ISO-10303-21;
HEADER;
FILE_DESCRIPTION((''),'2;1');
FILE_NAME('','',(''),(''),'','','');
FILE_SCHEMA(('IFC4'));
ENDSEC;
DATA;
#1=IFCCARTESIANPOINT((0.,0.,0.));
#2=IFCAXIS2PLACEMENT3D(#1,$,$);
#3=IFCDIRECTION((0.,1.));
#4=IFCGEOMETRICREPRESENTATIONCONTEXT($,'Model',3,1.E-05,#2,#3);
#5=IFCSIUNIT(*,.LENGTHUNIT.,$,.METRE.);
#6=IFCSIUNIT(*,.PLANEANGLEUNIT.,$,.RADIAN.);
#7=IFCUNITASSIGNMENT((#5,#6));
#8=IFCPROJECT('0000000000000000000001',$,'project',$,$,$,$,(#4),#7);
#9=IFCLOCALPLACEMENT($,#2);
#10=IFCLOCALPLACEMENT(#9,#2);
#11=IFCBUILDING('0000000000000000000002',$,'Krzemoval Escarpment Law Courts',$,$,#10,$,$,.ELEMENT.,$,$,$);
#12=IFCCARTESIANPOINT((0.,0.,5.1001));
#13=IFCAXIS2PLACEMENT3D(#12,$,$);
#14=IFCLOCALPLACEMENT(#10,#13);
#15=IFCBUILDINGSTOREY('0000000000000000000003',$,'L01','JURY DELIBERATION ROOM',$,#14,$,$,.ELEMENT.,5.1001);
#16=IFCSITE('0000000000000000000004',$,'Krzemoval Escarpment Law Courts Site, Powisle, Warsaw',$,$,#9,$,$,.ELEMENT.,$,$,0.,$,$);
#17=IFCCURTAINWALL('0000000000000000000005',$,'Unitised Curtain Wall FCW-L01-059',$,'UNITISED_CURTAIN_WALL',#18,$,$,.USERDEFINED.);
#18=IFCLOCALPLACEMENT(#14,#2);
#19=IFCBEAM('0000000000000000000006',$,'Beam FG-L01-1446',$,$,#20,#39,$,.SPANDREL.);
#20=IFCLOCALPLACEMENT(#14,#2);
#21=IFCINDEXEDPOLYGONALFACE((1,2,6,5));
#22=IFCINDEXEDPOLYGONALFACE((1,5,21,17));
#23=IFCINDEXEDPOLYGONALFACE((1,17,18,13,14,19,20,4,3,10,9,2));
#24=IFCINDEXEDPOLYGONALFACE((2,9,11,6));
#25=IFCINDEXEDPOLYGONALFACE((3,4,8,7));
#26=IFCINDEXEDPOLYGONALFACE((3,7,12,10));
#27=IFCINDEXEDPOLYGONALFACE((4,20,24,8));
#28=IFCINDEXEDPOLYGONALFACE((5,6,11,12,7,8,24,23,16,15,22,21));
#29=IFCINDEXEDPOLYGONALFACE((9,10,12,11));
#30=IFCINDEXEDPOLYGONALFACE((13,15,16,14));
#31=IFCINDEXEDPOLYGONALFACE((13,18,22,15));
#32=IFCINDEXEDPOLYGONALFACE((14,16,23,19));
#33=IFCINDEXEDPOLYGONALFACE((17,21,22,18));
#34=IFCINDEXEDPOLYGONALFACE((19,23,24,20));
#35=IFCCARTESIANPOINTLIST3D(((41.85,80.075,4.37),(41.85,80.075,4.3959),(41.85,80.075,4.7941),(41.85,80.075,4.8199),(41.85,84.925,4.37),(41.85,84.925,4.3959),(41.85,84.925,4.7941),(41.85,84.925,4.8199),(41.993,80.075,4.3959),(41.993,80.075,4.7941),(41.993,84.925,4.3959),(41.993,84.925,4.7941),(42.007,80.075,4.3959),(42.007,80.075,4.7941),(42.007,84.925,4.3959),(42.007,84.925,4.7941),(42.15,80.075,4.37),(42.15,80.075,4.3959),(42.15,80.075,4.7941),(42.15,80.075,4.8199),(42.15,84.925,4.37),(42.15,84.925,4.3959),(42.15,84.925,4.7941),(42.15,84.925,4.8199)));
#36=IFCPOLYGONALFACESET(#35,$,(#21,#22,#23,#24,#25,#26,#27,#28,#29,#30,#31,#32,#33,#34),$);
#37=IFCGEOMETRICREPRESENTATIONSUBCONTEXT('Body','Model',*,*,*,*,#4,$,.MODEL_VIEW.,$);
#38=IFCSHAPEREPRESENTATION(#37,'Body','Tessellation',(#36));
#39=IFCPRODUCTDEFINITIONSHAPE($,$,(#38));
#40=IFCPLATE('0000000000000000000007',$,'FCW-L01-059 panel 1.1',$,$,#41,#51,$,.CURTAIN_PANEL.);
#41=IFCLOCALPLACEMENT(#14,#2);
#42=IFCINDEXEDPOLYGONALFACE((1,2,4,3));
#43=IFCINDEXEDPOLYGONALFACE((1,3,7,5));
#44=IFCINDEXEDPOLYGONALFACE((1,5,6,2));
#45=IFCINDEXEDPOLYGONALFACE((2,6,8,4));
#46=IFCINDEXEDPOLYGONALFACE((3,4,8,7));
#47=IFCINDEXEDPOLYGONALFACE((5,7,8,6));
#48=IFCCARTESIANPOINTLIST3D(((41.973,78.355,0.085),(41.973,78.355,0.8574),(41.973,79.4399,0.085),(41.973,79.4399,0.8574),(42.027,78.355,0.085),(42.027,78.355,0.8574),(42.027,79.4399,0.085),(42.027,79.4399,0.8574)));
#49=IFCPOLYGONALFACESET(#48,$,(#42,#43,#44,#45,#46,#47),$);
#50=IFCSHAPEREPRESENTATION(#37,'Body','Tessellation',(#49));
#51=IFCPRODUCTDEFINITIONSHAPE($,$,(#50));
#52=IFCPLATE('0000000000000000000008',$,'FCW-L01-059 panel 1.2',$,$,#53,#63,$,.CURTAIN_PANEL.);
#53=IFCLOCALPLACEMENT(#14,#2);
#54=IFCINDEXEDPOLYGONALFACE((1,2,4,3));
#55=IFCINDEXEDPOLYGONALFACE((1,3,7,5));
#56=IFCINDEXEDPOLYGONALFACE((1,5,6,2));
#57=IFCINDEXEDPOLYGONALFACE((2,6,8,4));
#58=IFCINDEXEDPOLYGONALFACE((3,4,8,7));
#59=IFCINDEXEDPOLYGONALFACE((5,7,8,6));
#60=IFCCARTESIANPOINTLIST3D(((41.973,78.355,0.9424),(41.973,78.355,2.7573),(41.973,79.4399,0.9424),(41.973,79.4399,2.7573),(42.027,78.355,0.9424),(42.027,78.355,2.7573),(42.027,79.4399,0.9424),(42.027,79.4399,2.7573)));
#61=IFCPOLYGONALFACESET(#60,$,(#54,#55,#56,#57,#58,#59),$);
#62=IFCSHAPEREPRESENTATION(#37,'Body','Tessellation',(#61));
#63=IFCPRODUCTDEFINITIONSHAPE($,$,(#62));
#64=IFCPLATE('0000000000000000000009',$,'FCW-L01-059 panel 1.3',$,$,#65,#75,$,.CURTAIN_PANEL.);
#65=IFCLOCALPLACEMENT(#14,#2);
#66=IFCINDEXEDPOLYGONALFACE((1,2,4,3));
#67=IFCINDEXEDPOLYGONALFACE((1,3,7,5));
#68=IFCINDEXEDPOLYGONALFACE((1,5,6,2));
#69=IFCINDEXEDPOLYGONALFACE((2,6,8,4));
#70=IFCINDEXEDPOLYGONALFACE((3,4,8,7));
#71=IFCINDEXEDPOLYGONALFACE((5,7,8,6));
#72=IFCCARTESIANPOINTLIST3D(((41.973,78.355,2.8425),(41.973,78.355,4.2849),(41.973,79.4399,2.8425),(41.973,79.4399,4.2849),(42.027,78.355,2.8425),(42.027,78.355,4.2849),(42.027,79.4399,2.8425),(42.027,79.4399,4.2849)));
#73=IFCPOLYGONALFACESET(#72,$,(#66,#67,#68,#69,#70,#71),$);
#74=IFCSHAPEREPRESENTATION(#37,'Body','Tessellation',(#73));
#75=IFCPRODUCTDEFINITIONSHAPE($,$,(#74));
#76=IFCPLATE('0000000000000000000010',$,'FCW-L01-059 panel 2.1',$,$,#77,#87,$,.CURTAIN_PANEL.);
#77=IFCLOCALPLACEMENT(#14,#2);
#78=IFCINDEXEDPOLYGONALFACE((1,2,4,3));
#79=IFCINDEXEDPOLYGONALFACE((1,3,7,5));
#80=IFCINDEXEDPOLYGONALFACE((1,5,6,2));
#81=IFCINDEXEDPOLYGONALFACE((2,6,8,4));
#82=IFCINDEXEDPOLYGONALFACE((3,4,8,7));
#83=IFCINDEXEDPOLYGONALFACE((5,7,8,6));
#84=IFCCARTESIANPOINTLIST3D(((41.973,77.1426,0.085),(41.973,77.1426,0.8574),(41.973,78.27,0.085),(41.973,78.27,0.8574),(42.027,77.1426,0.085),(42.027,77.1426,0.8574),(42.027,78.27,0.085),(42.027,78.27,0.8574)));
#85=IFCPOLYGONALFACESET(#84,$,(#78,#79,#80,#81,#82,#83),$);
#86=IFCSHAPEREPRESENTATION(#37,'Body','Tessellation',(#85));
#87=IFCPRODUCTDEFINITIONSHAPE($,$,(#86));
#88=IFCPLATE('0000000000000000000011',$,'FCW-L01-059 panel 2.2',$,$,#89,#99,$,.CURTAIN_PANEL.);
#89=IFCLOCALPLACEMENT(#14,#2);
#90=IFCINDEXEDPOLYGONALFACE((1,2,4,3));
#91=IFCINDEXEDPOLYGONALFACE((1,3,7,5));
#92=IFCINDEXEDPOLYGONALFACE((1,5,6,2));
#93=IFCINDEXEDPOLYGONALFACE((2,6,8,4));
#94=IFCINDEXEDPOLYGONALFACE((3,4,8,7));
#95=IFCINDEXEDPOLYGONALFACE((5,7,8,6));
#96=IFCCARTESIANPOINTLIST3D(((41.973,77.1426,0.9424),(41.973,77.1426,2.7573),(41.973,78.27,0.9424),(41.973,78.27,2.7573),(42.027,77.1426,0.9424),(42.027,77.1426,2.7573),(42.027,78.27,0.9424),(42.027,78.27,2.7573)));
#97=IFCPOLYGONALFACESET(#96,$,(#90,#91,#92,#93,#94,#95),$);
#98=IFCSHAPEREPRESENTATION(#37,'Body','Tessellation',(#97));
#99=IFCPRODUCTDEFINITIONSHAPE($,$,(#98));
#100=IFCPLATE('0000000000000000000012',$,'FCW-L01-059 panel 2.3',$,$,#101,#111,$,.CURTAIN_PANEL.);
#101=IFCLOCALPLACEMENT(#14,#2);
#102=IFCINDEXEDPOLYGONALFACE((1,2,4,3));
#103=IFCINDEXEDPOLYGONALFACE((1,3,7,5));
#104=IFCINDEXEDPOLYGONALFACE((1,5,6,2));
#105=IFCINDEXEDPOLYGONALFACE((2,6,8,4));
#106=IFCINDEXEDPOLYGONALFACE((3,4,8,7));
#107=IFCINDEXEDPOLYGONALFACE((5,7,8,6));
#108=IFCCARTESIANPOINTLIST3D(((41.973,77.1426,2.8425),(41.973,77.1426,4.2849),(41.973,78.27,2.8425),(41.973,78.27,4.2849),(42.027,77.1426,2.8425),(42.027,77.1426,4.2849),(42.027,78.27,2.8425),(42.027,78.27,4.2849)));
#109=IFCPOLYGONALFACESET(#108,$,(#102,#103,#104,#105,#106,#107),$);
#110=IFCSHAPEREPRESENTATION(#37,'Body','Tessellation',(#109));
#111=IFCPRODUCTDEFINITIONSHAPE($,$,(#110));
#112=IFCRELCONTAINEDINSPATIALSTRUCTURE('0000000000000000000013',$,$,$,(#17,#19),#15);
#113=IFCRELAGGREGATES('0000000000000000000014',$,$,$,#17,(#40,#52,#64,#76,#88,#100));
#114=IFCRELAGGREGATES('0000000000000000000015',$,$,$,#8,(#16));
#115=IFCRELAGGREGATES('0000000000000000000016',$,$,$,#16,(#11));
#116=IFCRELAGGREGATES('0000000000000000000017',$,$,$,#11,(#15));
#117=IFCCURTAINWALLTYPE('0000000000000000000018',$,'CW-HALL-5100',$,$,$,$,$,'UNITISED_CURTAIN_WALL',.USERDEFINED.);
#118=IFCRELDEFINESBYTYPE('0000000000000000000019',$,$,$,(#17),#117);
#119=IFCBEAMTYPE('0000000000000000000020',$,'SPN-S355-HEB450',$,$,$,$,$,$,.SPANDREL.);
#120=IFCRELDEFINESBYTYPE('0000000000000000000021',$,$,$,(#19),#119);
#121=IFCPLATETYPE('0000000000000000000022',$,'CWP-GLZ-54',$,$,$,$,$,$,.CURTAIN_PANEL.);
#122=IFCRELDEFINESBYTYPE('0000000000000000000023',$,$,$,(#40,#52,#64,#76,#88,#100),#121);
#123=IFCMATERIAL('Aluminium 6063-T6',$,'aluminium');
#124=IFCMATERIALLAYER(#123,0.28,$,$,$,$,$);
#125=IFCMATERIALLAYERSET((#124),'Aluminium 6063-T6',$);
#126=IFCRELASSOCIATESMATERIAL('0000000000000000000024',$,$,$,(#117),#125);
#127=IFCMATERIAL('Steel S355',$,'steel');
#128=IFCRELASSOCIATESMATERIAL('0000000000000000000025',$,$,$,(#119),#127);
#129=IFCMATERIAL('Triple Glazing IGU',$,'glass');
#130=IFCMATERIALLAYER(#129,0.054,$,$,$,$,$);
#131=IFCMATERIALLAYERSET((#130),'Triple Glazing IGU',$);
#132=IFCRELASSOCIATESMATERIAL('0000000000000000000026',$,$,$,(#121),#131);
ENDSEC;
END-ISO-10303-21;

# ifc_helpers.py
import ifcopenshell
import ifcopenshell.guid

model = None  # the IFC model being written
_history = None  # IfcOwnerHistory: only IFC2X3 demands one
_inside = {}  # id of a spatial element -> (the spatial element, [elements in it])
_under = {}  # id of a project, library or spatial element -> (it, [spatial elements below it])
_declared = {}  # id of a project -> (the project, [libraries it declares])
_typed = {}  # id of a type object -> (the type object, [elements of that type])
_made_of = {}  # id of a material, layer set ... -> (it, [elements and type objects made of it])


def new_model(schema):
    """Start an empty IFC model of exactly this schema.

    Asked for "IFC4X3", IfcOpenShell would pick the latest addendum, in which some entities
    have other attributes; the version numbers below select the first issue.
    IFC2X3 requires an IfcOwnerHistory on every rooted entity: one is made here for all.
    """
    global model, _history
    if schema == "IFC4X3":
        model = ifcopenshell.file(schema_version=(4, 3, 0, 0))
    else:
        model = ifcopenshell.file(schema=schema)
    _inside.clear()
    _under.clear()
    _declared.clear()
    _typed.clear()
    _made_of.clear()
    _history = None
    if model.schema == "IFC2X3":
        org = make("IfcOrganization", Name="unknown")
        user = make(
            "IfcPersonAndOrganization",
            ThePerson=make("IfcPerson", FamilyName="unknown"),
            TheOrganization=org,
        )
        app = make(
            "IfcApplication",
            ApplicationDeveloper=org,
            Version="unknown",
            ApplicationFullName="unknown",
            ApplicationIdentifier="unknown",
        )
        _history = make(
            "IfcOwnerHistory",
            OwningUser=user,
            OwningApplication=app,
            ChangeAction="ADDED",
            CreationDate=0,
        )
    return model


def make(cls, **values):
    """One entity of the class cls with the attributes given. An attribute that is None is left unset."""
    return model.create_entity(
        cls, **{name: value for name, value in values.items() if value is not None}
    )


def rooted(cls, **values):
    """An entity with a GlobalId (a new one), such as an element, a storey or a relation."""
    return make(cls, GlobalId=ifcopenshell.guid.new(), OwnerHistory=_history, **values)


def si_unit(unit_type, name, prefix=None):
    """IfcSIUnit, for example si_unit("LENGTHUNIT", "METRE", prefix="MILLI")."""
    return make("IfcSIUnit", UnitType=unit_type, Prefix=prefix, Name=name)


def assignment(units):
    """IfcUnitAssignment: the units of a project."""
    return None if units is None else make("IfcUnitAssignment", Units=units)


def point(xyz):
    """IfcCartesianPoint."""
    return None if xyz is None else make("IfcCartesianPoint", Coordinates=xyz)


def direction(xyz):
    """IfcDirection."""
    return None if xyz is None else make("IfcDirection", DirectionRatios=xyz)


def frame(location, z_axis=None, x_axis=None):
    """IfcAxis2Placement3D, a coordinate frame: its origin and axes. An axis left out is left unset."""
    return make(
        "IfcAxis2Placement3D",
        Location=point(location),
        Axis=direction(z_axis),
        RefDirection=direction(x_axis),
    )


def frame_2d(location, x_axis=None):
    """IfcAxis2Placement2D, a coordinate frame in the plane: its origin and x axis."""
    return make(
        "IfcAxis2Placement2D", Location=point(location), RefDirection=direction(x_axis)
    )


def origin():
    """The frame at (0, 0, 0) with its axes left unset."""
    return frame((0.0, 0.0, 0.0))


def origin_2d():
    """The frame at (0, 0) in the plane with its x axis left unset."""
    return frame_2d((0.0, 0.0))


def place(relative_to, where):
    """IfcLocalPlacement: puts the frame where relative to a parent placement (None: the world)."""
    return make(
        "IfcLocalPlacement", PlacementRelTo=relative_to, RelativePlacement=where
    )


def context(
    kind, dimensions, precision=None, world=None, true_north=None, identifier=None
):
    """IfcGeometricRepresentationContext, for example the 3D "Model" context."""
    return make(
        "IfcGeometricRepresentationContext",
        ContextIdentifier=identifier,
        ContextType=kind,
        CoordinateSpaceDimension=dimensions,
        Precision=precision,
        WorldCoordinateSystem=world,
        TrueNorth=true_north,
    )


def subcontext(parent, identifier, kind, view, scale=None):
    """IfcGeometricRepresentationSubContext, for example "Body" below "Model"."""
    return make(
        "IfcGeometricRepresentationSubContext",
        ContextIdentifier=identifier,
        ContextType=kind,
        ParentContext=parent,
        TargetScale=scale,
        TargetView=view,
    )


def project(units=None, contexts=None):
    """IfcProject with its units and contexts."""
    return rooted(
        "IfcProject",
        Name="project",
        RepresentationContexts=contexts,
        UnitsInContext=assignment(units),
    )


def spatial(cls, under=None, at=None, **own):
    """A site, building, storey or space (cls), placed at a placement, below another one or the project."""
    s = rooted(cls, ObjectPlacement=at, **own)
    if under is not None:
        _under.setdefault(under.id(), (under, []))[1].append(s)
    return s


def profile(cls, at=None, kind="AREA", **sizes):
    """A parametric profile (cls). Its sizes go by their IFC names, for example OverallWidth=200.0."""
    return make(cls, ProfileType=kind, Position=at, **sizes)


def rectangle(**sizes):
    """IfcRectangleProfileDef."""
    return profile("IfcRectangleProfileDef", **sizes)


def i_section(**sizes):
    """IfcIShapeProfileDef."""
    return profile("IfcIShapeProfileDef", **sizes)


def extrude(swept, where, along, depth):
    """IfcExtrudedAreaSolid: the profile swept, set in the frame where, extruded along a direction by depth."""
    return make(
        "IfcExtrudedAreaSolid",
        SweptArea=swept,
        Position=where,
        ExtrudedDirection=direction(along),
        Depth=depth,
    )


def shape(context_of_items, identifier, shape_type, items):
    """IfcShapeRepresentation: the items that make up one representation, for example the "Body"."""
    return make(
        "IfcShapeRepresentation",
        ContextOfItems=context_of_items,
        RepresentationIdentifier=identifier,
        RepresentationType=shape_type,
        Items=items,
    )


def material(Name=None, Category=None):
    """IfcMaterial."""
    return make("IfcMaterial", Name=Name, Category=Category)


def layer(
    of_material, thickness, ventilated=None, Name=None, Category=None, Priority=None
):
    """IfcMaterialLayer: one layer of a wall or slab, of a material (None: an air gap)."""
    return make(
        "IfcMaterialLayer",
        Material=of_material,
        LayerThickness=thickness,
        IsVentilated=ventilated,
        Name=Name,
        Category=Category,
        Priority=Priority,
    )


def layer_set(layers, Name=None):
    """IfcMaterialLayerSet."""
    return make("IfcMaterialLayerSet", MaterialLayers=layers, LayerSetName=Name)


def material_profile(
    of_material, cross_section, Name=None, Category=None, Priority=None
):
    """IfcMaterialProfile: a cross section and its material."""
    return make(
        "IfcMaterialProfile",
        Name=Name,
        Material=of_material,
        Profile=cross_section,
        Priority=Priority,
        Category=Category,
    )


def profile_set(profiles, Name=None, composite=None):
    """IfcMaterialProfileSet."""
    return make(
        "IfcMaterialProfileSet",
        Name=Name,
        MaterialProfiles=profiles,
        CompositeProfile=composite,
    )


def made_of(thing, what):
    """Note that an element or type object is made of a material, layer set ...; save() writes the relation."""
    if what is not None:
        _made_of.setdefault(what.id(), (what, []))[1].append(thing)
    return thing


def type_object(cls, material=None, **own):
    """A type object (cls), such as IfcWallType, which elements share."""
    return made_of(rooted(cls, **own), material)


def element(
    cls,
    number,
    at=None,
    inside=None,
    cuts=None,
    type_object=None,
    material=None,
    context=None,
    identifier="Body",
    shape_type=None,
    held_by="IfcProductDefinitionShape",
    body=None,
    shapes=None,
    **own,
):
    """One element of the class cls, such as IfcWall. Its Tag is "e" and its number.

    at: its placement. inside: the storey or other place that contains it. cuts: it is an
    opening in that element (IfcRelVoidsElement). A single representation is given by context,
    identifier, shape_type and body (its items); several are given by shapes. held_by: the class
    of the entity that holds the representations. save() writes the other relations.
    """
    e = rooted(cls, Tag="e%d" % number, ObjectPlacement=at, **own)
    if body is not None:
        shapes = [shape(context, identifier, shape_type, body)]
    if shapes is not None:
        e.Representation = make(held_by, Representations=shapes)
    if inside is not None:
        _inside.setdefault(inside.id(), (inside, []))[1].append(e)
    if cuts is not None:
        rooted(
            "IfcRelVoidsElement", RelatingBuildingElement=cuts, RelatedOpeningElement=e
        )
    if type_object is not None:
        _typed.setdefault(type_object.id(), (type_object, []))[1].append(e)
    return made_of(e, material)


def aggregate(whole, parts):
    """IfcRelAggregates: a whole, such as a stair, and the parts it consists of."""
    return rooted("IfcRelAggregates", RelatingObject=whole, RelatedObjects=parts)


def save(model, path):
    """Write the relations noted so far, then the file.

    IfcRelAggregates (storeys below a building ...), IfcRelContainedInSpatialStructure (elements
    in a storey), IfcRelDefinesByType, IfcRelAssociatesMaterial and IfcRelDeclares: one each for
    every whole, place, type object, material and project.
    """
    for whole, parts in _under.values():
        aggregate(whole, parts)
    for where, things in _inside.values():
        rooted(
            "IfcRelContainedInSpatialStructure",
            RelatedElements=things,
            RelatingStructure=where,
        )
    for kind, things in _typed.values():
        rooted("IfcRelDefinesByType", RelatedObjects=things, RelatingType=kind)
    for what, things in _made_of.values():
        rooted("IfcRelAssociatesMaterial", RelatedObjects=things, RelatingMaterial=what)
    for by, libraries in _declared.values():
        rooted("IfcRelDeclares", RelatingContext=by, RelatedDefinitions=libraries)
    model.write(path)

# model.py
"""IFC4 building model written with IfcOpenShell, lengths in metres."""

from ifc_helpers import new_model, si_unit, direction, frame, origin, origin_2d, place, context, subcontext, project, spatial, rectangle, i_section, extrude, material, layer, layer_set, material_profile, profile_set, type_object, element, aggregate, save


model = new_model("IFC4")

# Units and contexts
model_context = context("Model", 3, precision=1e-05, world=origin(), true_north=direction((0.0, 1.0)))
body_context = subcontext(model_context, "Body", "Model", "MODEL_VIEW")
ifc_project = project(units=[si_unit("LENGTHUNIT", "METRE"), si_unit("PLANEANGLEUNIT", "RADIAN")], contexts=[model_context])

# Site, building, storey
site_placement = place(None, origin())
site = spatial("IfcSite", under=ifc_project, at=site_placement, Name="Krzemoval Escarpment Law Courts Site, Powisle, Warsaw", CompositionType="ELEMENT", RefElevation=0.0)
building_placement = place(site_placement, origin())
building = spatial("IfcBuilding", under=site, at=building_placement, Name="Krzemoval Escarpment Law Courts", CompositionType="ELEMENT")
storey_placement = place(building_placement, frame((0.0, 0.0, 5.1001)))
storey = spatial("IfcBuildingStorey", under=building, at=storey_placement, Name="L01", Description="JURY DELIBERATION ROOM", CompositionType="ELEMENT", Elevation=5.1001)

# Curtain wall
ifc_material_1 = material(Name="Aluminium 6063-T6", Category="aluminium")
ifc_layer_1 = layer(ifc_material_1, 0.28)
ifc_layer_set_1 = layer_set([ifc_layer_1], Name="Aluminium 6063-T6")
curtain_wall_type = type_object("IfcCurtainWallType", Name="CW-HALL-5100", ElementType="UNITISED_CURTAIN_WALL", PredefinedType="USERDEFINED", material=ifc_layer_set_1)
curtain_wall_placement = place(storey_placement, origin())
curtain_wall = element("IfcCurtainWall", 1, at=curtain_wall_placement, inside=storey, type_object=curtain_wall_type, Name="Unitised Curtain Wall FCW-L01-059", ObjectType="UNITISED_CURTAIN_WALL", PredefinedType="USERDEFINED")

# Beam
ifc_material_2 = material(Name="Steel S355", Category="steel")
ifc_material_profile_1 = material_profile(ifc_material_2, i_section(OverallWidth=0.3, OverallDepth=0.45, WebThickness=0.0139, FlangeThickness=0.0259, at=origin_2d()), Name="HEB 450")
ifc_profile_set_1 = profile_set([ifc_material_profile_1], Name="Steel S355")
beam_type = type_object("IfcBeamType", Name="SPN-S355-HEB450", PredefinedType="SPANDREL", material=ifc_profile_set_1)
beam_placement = place(storey_placement, frame((42.0, 80.075, 4.595), z_axis=(0.0, 1.0, 0.0), x_axis=(-1.0, 0.0, 0.0)))
element("IfcBeam", 2, at=beam_placement, inside=storey, type_object=beam_type, Name="Beam FG-L01-1446", PredefinedType="SPANDREL", context=body_context, shape_type="SweptSolid", body=[
    extrude(i_section(OverallWidth=0.3, OverallDepth=0.45, WebThickness=0.0139, FlangeThickness=0.0259, at=origin_2d()), origin(), (0.0, 0.0, 1.0), 4.8501),
])

# Plates
ifc_material_3 = material(Name="Triple Glazing IGU", Category="glass")
ifc_layer_2 = layer(ifc_material_3, 0.054)
ifc_layer_set_2 = layer_set([ifc_layer_2], Name="Triple Glazing IGU")
plate_type = type_object("IfcPlateType", Name="CWP-GLZ-54", PredefinedType="CURTAIN_PANEL", material=ifc_layer_set_2)
plate_1_placement = place(storey_placement, frame((42.0, 78.8975, 0.085), z_axis=(0.0, 0.0, 1.0), x_axis=(0.0, -1.0, 0.0)))
plate_1 = element("IfcPlate", 3, at=plate_1_placement, type_object=plate_type, Name="FCW-L01-059 panel 1.1", PredefinedType="CURTAIN_PANEL", context=body_context, shape_type="SweptSolid", body=[
    extrude(rectangle(XDim=1.085, YDim=0.054, at=origin_2d()), origin(), (0.0, 0.0, 1.0), 0.7725),
])
plate_2_placement = place(storey_placement, frame((42.0, 78.8975, 0.9424), z_axis=(0.0, 0.0, 1.0), x_axis=(0.0, -1.0, 0.0)))
plate_2 = element("IfcPlate", 4, at=plate_2_placement, type_object=plate_type, Name="FCW-L01-059 panel 1.2", PredefinedType="CURTAIN_PANEL", context=body_context, shape_type="SweptSolid", body=[
    extrude(rectangle(XDim=1.085, YDim=0.054, at=origin_2d()), origin(), (0.0, 0.0, 1.0), 1.8149),
])
plate_3_placement = place(storey_placement, frame((42.0, 78.8975, 2.8425), z_axis=(0.0, 0.0, 1.0), x_axis=(0.0, -1.0, 0.0)))
plate_3 = element("IfcPlate", 5, at=plate_3_placement, type_object=plate_type, Name="FCW-L01-059 panel 1.3", PredefinedType="CURTAIN_PANEL", context=body_context, shape_type="SweptSolid", body=[
    extrude(rectangle(XDim=1.085, YDim=0.054, at=origin_2d()), origin(), (0.0, 0.0, 1.0), 1.4424),
])
plate_4_placement = place(storey_placement, frame((42.0, 77.7063, 0.085), z_axis=(0.0, 0.0, 1.0), x_axis=(0.0, -1.0, 0.0)))
plate_4 = element("IfcPlate", 6, at=plate_4_placement, type_object=plate_type, Name="FCW-L01-059 panel 2.1", PredefinedType="CURTAIN_PANEL", context=body_context, shape_type="SweptSolid", body=[
    extrude(rectangle(XDim=1.1274, YDim=0.054, at=origin_2d()), origin(), (0.0, 0.0, 1.0), 0.7725),
])
plate_5_placement = place(storey_placement, frame((42.0, 77.7063, 0.9424), z_axis=(0.0, 0.0, 1.0), x_axis=(0.0, -1.0, 0.0)))
plate_5 = element("IfcPlate", 7, at=plate_5_placement, type_object=plate_type, Name="FCW-L01-059 panel 2.2", PredefinedType="CURTAIN_PANEL", context=body_context, shape_type="SweptSolid", body=[
    extrude(rectangle(XDim=1.1274, YDim=0.054, at=origin_2d()), origin(), (0.0, 0.0, 1.0), 1.8149),
])
plate_6_placement = place(storey_placement, frame((42.0, 77.7063, 2.8425), z_axis=(0.0, 0.0, 1.0), x_axis=(0.0, -1.0, 0.0)))
plate_6 = element("IfcPlate", 8, at=plate_6_placement, type_object=plate_type, Name="FCW-L01-059 panel 2.3", PredefinedType="CURTAIN_PANEL", context=body_context, shape_type="SweptSolid", body=[
    extrude(rectangle(XDim=1.1274, YDim=0.054, at=origin_2d()), origin(), (0.0, 0.0, 1.0), 1.4424),
])
aggregate(curtain_wall, [plate_1, plate_2, plate_3, plate_4, plate_5, plate_6])

save(model, "model.ifc")
